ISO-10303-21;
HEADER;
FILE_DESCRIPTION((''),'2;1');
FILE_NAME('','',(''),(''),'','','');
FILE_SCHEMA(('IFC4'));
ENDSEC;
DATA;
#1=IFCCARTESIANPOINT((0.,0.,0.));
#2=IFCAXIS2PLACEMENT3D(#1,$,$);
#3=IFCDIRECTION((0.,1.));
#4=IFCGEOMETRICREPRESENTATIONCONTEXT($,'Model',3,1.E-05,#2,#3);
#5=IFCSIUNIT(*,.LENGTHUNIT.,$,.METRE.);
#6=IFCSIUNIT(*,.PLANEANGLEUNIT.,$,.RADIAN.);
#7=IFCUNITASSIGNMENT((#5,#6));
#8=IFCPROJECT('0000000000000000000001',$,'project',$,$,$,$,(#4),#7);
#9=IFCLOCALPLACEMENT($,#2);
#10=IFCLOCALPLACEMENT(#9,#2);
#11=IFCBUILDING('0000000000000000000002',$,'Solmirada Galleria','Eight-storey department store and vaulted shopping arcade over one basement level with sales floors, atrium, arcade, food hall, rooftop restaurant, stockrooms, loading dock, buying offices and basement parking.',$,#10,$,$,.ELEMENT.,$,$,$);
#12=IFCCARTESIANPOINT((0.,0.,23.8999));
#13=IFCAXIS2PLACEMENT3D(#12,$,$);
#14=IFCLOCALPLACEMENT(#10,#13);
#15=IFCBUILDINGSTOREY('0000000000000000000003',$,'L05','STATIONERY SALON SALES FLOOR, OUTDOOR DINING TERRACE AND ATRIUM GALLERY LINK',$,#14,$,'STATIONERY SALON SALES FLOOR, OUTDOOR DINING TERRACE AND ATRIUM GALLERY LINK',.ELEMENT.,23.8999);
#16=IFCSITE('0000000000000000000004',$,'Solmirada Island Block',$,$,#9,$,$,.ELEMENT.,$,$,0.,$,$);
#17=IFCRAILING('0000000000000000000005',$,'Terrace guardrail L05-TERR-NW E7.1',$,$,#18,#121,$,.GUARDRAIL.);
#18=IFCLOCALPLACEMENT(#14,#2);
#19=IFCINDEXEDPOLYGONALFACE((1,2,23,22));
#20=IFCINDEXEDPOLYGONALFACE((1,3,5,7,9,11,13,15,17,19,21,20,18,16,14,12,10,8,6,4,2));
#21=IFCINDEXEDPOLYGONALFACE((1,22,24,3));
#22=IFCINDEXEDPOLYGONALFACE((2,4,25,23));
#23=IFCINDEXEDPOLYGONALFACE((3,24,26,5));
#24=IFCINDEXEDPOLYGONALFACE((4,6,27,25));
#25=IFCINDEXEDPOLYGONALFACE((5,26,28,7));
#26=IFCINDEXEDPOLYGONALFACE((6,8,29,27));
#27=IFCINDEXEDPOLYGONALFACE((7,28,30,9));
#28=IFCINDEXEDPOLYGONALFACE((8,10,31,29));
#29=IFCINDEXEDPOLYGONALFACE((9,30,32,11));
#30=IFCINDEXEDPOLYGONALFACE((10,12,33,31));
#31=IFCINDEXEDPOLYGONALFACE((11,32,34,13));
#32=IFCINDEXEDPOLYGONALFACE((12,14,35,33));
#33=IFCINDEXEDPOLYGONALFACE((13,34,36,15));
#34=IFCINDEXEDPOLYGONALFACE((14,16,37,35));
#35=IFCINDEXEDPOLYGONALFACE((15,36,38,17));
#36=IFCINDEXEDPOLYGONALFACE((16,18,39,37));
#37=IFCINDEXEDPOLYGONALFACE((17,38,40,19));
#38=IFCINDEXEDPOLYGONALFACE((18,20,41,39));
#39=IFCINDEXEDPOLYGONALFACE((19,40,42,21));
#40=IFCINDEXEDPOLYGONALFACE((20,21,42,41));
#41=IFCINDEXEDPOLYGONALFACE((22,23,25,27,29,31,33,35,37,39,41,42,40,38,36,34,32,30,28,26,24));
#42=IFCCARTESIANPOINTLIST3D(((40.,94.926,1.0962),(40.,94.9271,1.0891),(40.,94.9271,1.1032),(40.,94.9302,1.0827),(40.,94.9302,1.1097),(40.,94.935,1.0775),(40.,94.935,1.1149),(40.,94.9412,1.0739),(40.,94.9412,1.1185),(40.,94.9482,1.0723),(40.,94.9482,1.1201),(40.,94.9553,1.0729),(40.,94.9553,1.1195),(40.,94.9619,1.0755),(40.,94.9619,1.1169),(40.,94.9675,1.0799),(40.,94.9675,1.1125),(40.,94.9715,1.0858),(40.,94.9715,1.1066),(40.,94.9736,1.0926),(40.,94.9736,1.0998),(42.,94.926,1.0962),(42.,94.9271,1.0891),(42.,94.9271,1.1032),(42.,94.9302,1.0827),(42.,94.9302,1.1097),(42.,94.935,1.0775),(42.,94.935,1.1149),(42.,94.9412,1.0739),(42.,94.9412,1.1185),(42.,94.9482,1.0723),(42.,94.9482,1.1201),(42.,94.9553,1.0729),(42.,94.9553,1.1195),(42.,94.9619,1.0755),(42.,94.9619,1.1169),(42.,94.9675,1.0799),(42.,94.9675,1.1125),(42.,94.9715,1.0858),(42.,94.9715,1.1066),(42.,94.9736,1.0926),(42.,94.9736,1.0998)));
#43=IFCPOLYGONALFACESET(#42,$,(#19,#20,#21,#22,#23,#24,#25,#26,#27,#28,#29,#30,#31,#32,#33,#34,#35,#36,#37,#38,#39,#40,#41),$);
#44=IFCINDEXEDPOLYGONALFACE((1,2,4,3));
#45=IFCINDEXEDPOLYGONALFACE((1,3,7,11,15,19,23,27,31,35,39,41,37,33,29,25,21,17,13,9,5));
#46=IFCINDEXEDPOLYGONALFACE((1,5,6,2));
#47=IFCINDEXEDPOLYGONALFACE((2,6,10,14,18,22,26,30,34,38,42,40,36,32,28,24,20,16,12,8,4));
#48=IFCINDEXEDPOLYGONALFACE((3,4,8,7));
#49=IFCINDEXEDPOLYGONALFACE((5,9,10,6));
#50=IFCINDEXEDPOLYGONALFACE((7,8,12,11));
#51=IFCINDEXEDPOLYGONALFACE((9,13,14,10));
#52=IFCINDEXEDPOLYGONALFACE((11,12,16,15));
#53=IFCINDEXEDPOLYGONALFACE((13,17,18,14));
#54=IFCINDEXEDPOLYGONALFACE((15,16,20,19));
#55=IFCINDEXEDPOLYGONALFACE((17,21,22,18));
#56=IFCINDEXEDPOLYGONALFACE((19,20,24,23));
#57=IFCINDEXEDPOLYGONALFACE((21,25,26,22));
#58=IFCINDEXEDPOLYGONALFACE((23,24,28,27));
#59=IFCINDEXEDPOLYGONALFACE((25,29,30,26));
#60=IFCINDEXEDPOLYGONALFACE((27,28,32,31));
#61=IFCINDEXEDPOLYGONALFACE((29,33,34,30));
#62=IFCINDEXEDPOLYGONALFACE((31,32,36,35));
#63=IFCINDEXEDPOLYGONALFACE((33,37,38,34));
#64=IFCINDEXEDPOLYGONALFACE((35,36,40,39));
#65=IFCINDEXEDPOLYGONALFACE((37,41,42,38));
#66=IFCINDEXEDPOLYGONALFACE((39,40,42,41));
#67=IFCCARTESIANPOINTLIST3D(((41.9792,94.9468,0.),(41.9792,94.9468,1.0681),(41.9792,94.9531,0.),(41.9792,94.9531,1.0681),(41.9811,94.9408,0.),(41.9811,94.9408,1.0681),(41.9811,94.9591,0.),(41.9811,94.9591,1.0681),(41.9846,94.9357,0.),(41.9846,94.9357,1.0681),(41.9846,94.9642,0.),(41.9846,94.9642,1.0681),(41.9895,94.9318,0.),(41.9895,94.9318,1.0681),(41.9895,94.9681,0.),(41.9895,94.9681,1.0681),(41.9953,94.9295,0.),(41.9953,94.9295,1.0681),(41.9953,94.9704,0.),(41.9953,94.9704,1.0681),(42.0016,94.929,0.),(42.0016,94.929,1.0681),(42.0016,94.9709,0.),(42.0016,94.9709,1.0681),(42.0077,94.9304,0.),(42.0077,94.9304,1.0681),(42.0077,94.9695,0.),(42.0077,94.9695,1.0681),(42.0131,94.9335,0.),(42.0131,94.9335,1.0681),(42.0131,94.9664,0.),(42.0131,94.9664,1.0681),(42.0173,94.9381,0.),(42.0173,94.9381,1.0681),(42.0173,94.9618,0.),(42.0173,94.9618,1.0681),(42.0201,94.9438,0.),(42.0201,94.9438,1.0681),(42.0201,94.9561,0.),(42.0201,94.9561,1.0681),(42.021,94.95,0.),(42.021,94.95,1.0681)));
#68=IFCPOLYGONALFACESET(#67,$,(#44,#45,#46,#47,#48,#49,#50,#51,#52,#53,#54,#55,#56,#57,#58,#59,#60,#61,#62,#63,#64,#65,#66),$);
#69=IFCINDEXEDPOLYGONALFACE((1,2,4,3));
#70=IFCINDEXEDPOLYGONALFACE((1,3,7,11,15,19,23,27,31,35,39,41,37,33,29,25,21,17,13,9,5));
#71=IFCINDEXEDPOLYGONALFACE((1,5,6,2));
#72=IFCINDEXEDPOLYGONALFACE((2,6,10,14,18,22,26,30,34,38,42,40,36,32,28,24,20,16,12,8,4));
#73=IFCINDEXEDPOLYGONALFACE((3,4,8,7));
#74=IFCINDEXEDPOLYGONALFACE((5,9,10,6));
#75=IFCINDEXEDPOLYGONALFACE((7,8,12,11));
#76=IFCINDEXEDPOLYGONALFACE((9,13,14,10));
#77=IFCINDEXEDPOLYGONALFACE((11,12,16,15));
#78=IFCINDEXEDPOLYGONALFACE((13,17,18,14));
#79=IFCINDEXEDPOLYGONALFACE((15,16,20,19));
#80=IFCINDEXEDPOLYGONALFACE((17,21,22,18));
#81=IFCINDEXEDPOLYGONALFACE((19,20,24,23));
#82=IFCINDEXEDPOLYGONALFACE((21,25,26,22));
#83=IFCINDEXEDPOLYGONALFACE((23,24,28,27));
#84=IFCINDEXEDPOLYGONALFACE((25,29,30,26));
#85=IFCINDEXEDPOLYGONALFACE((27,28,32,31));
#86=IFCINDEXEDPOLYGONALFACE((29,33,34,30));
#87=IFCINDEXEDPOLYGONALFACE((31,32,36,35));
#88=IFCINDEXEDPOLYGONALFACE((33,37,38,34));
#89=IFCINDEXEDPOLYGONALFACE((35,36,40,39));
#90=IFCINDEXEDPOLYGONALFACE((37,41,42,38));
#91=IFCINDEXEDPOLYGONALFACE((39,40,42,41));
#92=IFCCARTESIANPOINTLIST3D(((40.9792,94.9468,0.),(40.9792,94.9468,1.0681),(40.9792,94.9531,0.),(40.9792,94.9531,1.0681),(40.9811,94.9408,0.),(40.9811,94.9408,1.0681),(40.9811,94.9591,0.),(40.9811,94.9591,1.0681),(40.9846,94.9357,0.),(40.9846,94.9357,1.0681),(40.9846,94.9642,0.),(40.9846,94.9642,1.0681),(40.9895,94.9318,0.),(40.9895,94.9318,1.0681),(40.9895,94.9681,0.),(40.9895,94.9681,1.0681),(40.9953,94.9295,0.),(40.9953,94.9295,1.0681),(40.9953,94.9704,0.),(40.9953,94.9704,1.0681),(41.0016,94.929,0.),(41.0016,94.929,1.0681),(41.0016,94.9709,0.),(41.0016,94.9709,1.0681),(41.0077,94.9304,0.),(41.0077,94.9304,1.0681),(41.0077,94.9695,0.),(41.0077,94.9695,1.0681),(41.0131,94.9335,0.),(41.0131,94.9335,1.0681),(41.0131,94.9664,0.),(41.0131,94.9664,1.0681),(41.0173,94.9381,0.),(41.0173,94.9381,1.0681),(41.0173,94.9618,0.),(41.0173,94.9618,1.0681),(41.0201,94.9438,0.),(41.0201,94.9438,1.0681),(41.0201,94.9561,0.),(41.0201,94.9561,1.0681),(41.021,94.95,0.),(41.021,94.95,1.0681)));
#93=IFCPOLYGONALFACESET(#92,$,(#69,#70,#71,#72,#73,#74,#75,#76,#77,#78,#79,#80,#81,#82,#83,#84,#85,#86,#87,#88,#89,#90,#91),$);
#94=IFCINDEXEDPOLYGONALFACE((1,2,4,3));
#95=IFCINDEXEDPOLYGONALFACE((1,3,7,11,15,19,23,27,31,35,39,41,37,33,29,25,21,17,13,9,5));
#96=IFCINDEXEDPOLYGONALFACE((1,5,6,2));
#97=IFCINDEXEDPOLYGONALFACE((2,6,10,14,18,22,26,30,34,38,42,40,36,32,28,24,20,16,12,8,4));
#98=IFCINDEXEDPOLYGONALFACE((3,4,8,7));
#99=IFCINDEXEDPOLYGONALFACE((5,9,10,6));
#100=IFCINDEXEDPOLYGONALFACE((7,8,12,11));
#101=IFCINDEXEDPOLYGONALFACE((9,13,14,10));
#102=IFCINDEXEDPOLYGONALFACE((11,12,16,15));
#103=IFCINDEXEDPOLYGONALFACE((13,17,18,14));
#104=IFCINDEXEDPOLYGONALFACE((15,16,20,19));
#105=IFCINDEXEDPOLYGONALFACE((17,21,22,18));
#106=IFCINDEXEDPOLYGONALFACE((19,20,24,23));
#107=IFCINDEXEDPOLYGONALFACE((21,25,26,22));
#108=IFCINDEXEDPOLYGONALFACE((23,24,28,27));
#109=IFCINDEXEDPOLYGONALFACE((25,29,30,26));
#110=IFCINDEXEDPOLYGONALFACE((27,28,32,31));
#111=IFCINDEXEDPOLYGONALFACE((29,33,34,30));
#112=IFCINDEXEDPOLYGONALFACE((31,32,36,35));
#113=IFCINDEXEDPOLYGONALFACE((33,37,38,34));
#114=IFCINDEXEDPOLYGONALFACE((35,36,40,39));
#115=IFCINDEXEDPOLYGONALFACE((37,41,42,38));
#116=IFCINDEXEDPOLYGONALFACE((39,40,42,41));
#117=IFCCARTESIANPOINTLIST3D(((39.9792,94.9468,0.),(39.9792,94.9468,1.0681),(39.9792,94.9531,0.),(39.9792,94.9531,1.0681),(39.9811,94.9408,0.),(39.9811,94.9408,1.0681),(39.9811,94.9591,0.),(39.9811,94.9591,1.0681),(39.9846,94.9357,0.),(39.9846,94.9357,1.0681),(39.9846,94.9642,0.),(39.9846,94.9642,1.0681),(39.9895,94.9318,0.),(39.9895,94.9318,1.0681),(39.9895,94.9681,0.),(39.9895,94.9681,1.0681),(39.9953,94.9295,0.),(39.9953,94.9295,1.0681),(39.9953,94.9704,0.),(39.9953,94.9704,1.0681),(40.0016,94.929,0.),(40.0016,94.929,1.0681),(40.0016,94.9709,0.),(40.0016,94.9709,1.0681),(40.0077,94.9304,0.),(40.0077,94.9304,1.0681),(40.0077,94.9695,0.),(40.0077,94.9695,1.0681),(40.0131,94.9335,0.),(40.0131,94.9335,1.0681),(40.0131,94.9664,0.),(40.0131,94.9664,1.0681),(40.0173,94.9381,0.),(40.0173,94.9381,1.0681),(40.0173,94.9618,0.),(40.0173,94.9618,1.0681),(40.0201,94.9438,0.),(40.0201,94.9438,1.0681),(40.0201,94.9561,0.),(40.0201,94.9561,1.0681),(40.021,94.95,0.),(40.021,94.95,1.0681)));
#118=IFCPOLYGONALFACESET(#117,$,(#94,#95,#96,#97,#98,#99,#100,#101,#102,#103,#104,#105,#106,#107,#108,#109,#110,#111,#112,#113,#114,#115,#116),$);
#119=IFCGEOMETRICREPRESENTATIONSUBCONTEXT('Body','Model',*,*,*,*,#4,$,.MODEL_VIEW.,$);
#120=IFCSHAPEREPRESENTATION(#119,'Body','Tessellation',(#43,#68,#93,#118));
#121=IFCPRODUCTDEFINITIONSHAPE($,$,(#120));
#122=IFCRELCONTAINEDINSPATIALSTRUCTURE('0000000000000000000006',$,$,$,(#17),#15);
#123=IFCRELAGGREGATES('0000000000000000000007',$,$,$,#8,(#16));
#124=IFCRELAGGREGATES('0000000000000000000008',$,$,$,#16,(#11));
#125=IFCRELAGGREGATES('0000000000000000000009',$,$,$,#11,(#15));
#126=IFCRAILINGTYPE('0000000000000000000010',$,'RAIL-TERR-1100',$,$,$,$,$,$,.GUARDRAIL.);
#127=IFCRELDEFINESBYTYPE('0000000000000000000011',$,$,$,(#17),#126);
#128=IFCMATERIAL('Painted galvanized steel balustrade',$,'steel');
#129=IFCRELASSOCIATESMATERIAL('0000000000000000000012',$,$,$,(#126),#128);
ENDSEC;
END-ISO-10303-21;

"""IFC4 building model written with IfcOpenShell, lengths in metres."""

from ifc_helpers import new_model, si_unit, direction, frame, origin, origin_2d, place, context, subcontext, project, spatial, circle, extrude, material, type_object, element, save


model = new_model("IFC4")

# Units and contexts
model_context = context("Model", 3, precision=1e-05, world=origin(), true_north=direction((0.0, 1.0)))
body_context = subcontext(model_context, "Body", "Model", "MODEL_VIEW")
ifc_project = project(units=[si_unit("LENGTHUNIT", "METRE"), si_unit("PLANEANGLEUNIT", "RADIAN")], contexts=[model_context])

# Site, building, storey
site_placement = place(None, origin())
site = spatial("IfcSite", under=ifc_project, at=site_placement, Name="Solmirada Island Block", CompositionType="ELEMENT", RefElevation=0.0)
building_placement = place(site_placement, origin())
building = spatial("IfcBuilding", under=site, at=building_placement, Name="Solmirada Galleria", Description="Eight-storey department store and vaulted shopping arcade over one basement level with sales floors, atrium, arcade, food hall, rooftop restaurant, stockrooms, loading dock, buying offices and basement parking.", CompositionType="ELEMENT")
storey_placement = place(building_placement, frame((0.0, 0.0, 23.8999)))
storey = spatial("IfcBuildingStorey", under=building, at=storey_placement, Name="L05", Description="STATIONERY SALON SALES FLOOR, OUTDOOR DINING TERRACE AND ATRIUM GALLERY LINK", LongName="STATIONERY SALON SALES FLOOR, OUTDOOR DINING TERRACE AND ATRIUM GALLERY LINK", CompositionType="ELEMENT", Elevation=23.8999)

# Railing
ifc_material_1 = material(Name="Painted galvanized steel balustrade", Category="steel")
railing_type = type_object("IfcRailingType", Name="RAIL-TERR-1100", PredefinedType="GUARDRAIL", material=ifc_material_1)
railing_1_placement = place(storey_placement, frame((42.0, 94.95, 0.0)))
element("IfcRailing", 1, at=railing_1_placement, inside=storey, type_object=railing_type, Name="Terrace guardrail L05-TERR-NW E7.1", PredefinedType="GUARDRAIL", context=body_context, shape_type="SweptSolid", body=[
    extrude(circle(Radius=0.0239, at=origin_2d()), frame((0.0, 0.0, 1.0962), z_axis=(-1.0, 0.0, 0.0), x_axis=(0.0, -1.0, 0.0)), (0.0, 0.0, 1.0), 2.0),
    extrude(circle(Radius=0.021, at=origin_2d()), origin(), (0.0, 0.0, 1.0), 1.0681),
    extrude(circle(Radius=0.021, at=origin_2d()), frame((-1.0, 0.0, 0.0)), (0.0, 0.0, 1.0), 1.0681),
    extrude(circle(Radius=0.021, at=origin_2d()), frame((-2.0, 0.0, 0.0)), (0.0, 0.0, 1.0), 1.0681),
])

save(model, "model.ifc")
